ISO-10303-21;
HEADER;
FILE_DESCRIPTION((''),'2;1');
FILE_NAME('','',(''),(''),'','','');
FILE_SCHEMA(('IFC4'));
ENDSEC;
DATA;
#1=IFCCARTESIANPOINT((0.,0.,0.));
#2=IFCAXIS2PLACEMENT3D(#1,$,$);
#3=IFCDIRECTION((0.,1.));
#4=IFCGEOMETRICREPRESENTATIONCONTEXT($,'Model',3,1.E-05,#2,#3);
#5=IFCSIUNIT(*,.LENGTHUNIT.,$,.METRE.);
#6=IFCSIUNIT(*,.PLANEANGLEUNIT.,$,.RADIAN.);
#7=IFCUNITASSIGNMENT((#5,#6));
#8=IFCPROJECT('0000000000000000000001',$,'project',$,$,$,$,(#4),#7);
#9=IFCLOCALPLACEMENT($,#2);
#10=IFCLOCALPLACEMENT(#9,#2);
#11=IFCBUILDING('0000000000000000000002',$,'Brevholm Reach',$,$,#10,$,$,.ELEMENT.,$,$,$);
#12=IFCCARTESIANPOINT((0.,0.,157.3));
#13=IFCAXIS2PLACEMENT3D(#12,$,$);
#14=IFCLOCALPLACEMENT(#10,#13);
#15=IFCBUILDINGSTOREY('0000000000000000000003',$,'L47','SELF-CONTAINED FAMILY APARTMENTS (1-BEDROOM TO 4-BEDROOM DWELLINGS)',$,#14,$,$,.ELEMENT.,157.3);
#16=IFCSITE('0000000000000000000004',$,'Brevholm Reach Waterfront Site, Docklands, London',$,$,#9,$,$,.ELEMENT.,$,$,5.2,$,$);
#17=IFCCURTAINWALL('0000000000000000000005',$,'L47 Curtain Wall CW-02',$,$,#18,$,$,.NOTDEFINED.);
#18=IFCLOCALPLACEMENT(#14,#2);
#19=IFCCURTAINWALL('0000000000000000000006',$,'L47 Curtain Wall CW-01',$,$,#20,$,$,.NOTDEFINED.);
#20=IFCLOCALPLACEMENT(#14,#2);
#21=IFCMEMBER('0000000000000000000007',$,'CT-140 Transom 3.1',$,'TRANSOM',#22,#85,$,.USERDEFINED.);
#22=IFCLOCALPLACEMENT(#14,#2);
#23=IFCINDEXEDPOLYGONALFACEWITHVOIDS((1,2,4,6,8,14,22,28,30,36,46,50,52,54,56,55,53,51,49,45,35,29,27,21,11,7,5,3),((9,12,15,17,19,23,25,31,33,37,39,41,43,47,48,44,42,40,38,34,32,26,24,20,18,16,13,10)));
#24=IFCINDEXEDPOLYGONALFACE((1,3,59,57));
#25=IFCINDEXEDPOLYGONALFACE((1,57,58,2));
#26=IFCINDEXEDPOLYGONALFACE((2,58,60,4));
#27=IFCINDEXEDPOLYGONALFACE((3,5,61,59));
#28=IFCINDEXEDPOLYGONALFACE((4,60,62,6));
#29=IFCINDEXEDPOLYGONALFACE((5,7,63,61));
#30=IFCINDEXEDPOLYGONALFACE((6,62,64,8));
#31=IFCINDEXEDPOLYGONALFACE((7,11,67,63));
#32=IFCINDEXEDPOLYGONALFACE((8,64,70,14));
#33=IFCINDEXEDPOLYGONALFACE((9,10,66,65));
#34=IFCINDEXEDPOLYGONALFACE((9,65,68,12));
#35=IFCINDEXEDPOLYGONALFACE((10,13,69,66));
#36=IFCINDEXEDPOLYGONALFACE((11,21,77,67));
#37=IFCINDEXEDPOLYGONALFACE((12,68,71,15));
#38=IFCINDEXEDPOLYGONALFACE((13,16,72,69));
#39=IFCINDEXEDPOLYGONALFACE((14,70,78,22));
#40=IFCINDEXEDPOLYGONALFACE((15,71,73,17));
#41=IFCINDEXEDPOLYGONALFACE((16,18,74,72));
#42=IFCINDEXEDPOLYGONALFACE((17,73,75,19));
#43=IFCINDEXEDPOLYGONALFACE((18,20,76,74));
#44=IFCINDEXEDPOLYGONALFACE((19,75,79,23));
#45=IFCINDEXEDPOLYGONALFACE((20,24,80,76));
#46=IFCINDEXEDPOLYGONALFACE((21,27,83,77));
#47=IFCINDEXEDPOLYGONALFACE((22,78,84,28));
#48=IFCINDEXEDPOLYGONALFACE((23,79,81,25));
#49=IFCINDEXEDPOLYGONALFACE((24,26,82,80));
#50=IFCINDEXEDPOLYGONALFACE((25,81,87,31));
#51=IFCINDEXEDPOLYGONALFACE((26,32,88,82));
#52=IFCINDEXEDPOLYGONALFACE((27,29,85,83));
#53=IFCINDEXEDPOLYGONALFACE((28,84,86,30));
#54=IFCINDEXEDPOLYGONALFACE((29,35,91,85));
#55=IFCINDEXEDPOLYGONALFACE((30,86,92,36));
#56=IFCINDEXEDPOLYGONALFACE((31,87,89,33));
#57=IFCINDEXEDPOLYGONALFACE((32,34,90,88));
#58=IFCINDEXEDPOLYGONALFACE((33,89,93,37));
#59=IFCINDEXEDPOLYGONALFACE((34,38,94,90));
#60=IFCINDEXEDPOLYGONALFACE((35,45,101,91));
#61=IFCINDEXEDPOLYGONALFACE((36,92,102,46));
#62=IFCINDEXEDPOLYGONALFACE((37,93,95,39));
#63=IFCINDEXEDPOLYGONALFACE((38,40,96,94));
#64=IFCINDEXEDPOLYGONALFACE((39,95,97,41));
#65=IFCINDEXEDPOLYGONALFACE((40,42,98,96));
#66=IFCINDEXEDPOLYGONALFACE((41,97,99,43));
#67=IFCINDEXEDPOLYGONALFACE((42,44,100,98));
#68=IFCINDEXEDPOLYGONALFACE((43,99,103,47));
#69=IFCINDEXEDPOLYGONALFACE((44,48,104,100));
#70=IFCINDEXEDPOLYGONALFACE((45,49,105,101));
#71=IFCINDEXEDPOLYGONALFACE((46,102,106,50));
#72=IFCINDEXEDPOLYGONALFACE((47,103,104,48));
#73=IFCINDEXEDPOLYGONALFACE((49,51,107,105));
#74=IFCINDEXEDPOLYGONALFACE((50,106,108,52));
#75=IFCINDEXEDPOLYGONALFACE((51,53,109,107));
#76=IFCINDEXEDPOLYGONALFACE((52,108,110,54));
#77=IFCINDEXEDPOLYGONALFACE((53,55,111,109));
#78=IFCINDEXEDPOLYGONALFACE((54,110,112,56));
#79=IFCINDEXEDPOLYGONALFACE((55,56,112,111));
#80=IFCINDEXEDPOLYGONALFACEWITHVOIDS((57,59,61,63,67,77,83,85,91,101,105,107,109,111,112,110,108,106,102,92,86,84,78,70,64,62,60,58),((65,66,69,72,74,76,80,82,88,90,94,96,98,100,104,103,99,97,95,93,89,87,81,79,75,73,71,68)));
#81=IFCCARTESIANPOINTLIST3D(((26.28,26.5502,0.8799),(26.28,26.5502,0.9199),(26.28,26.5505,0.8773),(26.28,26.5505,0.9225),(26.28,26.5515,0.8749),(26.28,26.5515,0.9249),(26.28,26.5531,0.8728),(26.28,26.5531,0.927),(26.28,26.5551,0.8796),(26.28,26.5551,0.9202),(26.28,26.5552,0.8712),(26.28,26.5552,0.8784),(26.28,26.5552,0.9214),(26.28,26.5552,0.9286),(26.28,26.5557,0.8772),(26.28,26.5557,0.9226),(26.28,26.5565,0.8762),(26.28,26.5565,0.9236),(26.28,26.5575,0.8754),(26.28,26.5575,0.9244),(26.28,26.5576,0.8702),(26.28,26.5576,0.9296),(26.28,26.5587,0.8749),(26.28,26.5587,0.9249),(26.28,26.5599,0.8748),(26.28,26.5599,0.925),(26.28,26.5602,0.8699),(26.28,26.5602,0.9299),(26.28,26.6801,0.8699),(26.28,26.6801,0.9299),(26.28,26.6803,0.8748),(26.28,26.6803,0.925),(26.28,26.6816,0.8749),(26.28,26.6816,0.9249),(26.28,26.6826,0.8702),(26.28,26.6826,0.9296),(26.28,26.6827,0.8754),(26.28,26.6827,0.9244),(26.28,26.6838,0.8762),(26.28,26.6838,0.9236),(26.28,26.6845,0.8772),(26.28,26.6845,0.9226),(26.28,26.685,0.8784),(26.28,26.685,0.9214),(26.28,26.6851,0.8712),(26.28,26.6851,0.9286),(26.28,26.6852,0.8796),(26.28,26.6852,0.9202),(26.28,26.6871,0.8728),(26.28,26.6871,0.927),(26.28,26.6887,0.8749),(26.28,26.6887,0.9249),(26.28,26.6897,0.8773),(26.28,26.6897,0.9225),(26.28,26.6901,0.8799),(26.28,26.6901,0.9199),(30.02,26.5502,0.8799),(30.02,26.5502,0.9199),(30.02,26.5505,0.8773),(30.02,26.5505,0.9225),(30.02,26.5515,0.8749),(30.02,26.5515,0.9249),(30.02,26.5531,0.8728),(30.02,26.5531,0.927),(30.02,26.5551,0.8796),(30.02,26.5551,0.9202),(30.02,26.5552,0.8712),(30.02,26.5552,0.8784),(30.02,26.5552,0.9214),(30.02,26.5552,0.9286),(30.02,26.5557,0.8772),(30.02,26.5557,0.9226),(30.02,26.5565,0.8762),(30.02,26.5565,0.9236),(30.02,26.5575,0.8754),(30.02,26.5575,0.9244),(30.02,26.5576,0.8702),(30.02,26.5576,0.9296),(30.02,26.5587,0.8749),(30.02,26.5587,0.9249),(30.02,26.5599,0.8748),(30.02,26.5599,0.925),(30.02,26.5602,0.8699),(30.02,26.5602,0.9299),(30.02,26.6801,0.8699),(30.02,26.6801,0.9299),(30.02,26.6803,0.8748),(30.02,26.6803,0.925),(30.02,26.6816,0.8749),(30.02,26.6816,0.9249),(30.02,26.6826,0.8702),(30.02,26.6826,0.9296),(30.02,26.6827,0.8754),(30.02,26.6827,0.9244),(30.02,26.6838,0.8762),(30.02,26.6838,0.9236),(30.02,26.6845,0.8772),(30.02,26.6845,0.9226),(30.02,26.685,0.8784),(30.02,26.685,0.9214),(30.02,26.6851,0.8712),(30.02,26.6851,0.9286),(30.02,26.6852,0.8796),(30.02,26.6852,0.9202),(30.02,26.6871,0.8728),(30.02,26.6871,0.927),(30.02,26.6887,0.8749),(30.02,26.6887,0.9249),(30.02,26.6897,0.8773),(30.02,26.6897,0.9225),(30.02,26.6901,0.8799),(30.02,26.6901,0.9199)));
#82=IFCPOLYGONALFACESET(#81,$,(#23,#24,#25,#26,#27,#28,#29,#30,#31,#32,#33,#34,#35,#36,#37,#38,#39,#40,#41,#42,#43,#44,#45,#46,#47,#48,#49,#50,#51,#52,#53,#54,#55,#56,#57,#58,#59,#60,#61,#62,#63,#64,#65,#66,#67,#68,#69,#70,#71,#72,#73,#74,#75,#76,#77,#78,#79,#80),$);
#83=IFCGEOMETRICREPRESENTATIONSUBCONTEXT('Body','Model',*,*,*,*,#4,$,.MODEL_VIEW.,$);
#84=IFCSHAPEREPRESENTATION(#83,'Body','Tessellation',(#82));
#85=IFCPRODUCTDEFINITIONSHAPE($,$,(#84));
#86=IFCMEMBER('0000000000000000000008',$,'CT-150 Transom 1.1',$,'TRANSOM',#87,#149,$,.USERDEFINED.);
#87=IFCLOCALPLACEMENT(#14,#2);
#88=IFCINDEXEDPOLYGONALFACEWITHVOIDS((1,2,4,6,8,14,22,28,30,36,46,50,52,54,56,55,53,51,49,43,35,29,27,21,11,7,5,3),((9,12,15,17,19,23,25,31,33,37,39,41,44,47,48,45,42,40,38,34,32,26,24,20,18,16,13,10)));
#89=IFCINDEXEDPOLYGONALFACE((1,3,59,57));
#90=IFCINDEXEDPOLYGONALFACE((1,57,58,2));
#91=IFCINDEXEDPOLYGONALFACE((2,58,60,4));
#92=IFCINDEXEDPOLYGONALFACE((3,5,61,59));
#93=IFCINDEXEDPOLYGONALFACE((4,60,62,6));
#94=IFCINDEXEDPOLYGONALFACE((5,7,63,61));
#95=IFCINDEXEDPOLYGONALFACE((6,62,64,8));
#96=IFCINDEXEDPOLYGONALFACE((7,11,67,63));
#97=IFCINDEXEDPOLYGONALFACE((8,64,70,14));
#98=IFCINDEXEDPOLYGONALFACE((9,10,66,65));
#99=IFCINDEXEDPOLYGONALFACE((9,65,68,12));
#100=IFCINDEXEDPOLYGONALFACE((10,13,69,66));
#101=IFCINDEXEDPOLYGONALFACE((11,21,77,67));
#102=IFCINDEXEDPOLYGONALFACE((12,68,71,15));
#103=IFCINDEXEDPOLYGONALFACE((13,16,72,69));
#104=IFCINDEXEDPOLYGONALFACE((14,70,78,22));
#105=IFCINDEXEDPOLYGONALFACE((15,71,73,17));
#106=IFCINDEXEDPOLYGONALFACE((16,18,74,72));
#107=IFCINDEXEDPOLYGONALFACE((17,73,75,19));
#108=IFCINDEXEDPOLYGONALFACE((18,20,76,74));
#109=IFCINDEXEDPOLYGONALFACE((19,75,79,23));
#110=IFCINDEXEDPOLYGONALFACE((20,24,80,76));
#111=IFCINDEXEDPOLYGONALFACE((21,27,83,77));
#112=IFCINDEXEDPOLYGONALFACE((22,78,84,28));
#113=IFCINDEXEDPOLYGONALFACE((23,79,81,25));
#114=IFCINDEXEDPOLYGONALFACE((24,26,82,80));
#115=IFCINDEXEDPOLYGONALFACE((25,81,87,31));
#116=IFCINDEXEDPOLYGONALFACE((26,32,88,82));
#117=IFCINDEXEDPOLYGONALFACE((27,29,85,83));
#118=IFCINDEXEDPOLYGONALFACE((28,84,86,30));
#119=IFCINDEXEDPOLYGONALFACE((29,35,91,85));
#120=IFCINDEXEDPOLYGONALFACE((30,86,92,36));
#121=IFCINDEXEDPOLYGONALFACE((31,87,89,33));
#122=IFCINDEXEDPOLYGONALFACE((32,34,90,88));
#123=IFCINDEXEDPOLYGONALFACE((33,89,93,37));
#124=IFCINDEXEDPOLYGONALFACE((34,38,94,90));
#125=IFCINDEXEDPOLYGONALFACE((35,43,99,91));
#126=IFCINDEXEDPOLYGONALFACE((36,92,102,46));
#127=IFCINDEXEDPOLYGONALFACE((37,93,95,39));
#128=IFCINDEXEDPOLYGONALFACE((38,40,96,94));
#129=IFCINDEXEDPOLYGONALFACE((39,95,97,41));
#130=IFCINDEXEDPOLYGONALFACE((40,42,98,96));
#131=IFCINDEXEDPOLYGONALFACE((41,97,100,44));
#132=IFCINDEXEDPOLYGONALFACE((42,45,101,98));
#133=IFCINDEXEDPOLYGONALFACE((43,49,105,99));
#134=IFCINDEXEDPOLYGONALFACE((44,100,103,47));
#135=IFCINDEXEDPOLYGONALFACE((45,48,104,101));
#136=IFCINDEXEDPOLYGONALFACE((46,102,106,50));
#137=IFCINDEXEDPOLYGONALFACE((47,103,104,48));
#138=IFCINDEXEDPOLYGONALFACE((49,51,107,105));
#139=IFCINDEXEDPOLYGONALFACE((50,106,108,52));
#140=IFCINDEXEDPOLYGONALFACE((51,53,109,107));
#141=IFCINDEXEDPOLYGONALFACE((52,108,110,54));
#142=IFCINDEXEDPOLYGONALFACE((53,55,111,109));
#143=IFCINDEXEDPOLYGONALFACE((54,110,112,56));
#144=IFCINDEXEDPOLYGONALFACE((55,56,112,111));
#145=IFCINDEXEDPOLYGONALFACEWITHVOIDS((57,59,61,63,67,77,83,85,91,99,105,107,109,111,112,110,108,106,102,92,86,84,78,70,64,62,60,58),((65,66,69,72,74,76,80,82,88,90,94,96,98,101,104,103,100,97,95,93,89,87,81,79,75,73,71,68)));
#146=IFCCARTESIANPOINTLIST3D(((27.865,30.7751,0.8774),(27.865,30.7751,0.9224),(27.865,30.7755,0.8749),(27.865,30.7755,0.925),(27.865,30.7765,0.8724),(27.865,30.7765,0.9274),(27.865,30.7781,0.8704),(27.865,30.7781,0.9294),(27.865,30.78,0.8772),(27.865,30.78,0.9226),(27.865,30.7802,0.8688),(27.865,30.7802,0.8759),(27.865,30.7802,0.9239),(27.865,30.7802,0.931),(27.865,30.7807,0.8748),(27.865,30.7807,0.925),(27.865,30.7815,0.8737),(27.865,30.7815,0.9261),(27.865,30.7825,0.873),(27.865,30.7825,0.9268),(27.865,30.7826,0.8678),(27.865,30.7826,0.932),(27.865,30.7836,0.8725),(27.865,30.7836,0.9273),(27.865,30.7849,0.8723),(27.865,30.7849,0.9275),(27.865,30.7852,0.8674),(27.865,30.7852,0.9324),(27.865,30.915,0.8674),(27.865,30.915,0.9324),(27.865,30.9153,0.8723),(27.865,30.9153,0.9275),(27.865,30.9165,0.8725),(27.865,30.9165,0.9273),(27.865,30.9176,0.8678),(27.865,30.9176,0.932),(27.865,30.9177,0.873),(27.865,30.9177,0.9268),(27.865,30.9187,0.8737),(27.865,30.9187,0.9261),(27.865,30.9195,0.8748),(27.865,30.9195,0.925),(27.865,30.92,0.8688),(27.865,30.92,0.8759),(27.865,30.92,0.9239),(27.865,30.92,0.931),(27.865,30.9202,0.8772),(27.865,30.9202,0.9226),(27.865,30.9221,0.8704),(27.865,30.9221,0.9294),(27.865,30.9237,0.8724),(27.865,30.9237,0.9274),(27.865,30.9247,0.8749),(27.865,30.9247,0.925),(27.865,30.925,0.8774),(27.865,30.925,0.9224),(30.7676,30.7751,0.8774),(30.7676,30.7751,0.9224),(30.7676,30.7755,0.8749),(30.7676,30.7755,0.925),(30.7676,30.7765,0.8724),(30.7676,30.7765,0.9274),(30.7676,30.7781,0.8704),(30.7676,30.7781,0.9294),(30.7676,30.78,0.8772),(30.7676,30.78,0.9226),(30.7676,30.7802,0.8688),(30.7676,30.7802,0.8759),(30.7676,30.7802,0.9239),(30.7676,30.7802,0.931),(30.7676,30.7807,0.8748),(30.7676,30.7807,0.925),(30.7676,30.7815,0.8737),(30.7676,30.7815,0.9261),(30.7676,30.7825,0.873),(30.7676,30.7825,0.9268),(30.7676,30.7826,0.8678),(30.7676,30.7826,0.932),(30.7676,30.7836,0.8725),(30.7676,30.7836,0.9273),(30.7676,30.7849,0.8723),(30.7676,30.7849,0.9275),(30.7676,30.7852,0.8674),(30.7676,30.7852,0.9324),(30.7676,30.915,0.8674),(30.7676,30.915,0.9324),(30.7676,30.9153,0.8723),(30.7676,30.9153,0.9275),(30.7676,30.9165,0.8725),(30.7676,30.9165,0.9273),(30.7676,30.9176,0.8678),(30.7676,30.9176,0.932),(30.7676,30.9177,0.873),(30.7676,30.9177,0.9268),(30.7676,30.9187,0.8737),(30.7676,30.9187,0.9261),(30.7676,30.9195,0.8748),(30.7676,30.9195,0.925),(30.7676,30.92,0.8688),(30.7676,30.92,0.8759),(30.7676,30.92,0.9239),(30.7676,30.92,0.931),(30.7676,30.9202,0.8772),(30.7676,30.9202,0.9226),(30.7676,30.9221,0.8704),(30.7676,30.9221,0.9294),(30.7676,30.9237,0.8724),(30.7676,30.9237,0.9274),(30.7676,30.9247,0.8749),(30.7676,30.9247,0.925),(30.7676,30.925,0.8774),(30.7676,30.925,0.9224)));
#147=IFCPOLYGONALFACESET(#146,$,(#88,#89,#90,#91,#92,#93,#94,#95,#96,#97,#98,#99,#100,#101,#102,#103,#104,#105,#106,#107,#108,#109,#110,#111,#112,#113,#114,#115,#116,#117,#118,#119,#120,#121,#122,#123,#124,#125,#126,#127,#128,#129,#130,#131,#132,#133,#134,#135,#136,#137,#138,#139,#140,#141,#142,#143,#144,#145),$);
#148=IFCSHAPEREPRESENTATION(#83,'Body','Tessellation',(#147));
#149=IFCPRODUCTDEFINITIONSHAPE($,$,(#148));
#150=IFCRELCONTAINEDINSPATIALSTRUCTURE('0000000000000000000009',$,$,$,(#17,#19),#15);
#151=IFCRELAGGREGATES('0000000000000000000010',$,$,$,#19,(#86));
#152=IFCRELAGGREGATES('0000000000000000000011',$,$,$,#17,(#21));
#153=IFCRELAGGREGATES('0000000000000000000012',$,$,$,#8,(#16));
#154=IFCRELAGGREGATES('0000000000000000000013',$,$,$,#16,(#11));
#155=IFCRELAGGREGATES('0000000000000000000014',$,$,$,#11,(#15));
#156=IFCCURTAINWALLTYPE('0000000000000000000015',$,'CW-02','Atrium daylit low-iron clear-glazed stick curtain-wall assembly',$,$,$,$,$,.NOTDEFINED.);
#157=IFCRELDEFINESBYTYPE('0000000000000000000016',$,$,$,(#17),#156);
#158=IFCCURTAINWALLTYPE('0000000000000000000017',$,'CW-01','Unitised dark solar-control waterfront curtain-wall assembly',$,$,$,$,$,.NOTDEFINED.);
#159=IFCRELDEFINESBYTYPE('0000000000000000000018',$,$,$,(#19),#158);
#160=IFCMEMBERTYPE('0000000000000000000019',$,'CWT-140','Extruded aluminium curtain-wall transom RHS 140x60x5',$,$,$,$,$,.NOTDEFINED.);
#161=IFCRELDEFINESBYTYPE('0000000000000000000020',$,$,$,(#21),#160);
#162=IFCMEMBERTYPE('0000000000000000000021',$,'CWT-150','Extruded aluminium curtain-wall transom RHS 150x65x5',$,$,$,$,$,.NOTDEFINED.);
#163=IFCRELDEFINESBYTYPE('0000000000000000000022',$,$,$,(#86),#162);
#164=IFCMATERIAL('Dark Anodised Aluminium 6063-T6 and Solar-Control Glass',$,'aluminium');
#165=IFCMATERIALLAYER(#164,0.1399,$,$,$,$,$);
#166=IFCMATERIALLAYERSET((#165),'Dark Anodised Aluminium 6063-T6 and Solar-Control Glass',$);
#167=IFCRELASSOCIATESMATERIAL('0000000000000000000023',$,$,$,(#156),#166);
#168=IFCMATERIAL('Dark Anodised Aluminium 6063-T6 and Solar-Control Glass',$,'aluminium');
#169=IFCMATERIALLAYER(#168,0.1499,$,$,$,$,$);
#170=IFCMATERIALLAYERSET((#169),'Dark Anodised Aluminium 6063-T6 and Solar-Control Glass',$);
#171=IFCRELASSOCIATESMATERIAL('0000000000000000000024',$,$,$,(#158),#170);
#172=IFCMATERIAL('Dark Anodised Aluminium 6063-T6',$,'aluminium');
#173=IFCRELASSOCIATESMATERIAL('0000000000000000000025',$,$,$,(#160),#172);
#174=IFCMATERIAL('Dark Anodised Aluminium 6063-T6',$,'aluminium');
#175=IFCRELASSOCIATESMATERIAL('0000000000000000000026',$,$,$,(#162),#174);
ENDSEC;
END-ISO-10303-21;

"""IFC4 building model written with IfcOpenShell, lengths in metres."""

from ifc_helpers import new_model, si_unit, direction, frame, origin, origin_2d, place, context, subcontext, project, spatial, hollow_rectangle, extrude, material, layer, layer_set, material_profile, profile_set, type_object, element, aggregate, save


model = new_model("IFC4")

# Units and contexts
model_context = context("Model", 3, precision=1e-05, world=origin(), true_north=direction((0.0, 1.0)))
body_context = subcontext(model_context, "Body", "Model", "MODEL_VIEW")
ifc_project = project(units=[si_unit("LENGTHUNIT", "METRE"), si_unit("PLANEANGLEUNIT", "RADIAN")], contexts=[model_context])

# Site, building, storey
site_placement = place(None, origin())
site = spatial("IfcSite", under=ifc_project, at=site_placement, Name="Brevholm Reach Waterfront Site, Docklands, London", CompositionType="ELEMENT", RefElevation=5.2)
building_placement = place(site_placement, origin())
building = spatial("IfcBuilding", under=site, at=building_placement, Name="Brevholm Reach", CompositionType="ELEMENT")
storey_placement = place(building_placement, frame((0.0, 0.0, 157.3)))
storey = spatial("IfcBuildingStorey", under=building, at=storey_placement, Name="L47", Description="SELF-CONTAINED FAMILY APARTMENTS (1-BEDROOM TO 4-BEDROOM DWELLINGS)", CompositionType="ELEMENT", Elevation=157.3)

# Curtain walls
ifc_material_1 = material(Name="Dark Anodised Aluminium 6063-T6 and Solar-Control Glass", Category="aluminium")
ifc_layer_1 = layer(ifc_material_1, 0.1399)
ifc_layer_set_1 = layer_set([ifc_layer_1], Name="Dark Anodised Aluminium 6063-T6 and Solar-Control Glass")
curtain_wall_type_1 = type_object("IfcCurtainWallType", Name="CW-02", Description="Atrium daylit low-iron clear-glazed stick curtain-wall assembly", PredefinedType="NOTDEFINED", material=ifc_layer_set_1)
curtain_wall_1_placement = place(storey_placement, origin())
curtain_wall_1 = element("IfcCurtainWall", 1, at=curtain_wall_1_placement, inside=storey, type_object=curtain_wall_type_1, Name="L47 Curtain Wall CW-02", PredefinedType="NOTDEFINED")
ifc_material_2 = material(Name="Dark Anodised Aluminium 6063-T6 and Solar-Control Glass", Category="aluminium")
ifc_layer_2 = layer(ifc_material_2, 0.1499)
ifc_layer_set_2 = layer_set([ifc_layer_2], Name="Dark Anodised Aluminium 6063-T6 and Solar-Control Glass")
curtain_wall_type_2 = type_object("IfcCurtainWallType", Name="CW-01", Description="Unitised dark solar-control waterfront curtain-wall assembly", PredefinedType="NOTDEFINED", material=ifc_layer_set_2)
curtain_wall_2_placement = place(storey_placement, origin())
curtain_wall_2 = element("IfcCurtainWall", 2, at=curtain_wall_2_placement, inside=storey, type_object=curtain_wall_type_2, Name="L47 Curtain Wall CW-01", PredefinedType="NOTDEFINED")

# Members
ifc_material_3 = material(Name="Dark Anodised Aluminium 6063-T6", Category="aluminium")
ifc_material_profile_1 = material_profile(ifc_material_3, hollow_rectangle(XDim=0.0601, YDim=0.1399, WallThickness=0.0049, InnerFilletRadius=0.0049, OuterFilletRadius=0.01, at=origin_2d()), Name="RHS 140x60x5")
ifc_profile_set_1 = profile_set([ifc_material_profile_1], Name="Dark Anodised Aluminium 6063-T6")
member_type_1 = type_object("IfcMemberType", Name="CWT-140", Description="Extruded aluminium curtain-wall transom RHS 140x60x5", PredefinedType="NOTDEFINED", material=ifc_profile_set_1)
member_1_placement = place(storey_placement, frame((30.02, 26.6201, 0.8999), z_axis=(-1.0, 0.0, 0.0), x_axis=(0.0, 0.0, 1.0)))
member_1 = element("IfcMember", 3, at=member_1_placement, type_object=member_type_1, Name="CT-140 Transom 3.1", ObjectType="TRANSOM", PredefinedType="USERDEFINED", context=body_context, shape_type="SweptSolid", body=[
    extrude(hollow_rectangle(XDim=0.0601, YDim=0.1399, WallThickness=0.0049, InnerFilletRadius=0.0049, OuterFilletRadius=0.01, at=origin_2d()), origin(), (0.0, 0.0, 1.0), 3.74),
])
ifc_material_4 = material(Name="Dark Anodised Aluminium 6063-T6", Category="aluminium")
ifc_material_profile_2 = material_profile(ifc_material_4, hollow_rectangle(XDim=0.0649, YDim=0.1499, WallThickness=0.0049, InnerFilletRadius=0.0049, OuterFilletRadius=0.01, at=origin_2d()), Name="RHS 150x65x5")
ifc_profile_set_2 = profile_set([ifc_material_profile_2], Name="Dark Anodised Aluminium 6063-T6")
member_type_2 = type_object("IfcMemberType", Name="CWT-150", Description="Extruded aluminium curtain-wall transom RHS 150x65x5", PredefinedType="NOTDEFINED", material=ifc_profile_set_2)
member_2_placement = place(storey_placement, frame((27.865, 30.8501, 0.8999), z_axis=(1.0, 0.0, 0.0), x_axis=(0.0, 0.0, 1.0)))
member_2 = element("IfcMember", 4, at=member_2_placement, type_object=member_type_2, Name="CT-150 Transom 1.1", ObjectType="TRANSOM", PredefinedType="USERDEFINED", context=body_context, shape_type="SweptSolid", body=[
    extrude(hollow_rectangle(XDim=0.0649, YDim=0.1499, WallThickness=0.0049, InnerFilletRadius=0.0049, OuterFilletRadius=0.01, at=origin_2d()), origin(), (0.0, 0.0, 1.0), 2.9026),
])

aggregate(curtain_wall_2, [member_2])
aggregate(curtain_wall_1, [member_1])

save(model, "model.ifc")
